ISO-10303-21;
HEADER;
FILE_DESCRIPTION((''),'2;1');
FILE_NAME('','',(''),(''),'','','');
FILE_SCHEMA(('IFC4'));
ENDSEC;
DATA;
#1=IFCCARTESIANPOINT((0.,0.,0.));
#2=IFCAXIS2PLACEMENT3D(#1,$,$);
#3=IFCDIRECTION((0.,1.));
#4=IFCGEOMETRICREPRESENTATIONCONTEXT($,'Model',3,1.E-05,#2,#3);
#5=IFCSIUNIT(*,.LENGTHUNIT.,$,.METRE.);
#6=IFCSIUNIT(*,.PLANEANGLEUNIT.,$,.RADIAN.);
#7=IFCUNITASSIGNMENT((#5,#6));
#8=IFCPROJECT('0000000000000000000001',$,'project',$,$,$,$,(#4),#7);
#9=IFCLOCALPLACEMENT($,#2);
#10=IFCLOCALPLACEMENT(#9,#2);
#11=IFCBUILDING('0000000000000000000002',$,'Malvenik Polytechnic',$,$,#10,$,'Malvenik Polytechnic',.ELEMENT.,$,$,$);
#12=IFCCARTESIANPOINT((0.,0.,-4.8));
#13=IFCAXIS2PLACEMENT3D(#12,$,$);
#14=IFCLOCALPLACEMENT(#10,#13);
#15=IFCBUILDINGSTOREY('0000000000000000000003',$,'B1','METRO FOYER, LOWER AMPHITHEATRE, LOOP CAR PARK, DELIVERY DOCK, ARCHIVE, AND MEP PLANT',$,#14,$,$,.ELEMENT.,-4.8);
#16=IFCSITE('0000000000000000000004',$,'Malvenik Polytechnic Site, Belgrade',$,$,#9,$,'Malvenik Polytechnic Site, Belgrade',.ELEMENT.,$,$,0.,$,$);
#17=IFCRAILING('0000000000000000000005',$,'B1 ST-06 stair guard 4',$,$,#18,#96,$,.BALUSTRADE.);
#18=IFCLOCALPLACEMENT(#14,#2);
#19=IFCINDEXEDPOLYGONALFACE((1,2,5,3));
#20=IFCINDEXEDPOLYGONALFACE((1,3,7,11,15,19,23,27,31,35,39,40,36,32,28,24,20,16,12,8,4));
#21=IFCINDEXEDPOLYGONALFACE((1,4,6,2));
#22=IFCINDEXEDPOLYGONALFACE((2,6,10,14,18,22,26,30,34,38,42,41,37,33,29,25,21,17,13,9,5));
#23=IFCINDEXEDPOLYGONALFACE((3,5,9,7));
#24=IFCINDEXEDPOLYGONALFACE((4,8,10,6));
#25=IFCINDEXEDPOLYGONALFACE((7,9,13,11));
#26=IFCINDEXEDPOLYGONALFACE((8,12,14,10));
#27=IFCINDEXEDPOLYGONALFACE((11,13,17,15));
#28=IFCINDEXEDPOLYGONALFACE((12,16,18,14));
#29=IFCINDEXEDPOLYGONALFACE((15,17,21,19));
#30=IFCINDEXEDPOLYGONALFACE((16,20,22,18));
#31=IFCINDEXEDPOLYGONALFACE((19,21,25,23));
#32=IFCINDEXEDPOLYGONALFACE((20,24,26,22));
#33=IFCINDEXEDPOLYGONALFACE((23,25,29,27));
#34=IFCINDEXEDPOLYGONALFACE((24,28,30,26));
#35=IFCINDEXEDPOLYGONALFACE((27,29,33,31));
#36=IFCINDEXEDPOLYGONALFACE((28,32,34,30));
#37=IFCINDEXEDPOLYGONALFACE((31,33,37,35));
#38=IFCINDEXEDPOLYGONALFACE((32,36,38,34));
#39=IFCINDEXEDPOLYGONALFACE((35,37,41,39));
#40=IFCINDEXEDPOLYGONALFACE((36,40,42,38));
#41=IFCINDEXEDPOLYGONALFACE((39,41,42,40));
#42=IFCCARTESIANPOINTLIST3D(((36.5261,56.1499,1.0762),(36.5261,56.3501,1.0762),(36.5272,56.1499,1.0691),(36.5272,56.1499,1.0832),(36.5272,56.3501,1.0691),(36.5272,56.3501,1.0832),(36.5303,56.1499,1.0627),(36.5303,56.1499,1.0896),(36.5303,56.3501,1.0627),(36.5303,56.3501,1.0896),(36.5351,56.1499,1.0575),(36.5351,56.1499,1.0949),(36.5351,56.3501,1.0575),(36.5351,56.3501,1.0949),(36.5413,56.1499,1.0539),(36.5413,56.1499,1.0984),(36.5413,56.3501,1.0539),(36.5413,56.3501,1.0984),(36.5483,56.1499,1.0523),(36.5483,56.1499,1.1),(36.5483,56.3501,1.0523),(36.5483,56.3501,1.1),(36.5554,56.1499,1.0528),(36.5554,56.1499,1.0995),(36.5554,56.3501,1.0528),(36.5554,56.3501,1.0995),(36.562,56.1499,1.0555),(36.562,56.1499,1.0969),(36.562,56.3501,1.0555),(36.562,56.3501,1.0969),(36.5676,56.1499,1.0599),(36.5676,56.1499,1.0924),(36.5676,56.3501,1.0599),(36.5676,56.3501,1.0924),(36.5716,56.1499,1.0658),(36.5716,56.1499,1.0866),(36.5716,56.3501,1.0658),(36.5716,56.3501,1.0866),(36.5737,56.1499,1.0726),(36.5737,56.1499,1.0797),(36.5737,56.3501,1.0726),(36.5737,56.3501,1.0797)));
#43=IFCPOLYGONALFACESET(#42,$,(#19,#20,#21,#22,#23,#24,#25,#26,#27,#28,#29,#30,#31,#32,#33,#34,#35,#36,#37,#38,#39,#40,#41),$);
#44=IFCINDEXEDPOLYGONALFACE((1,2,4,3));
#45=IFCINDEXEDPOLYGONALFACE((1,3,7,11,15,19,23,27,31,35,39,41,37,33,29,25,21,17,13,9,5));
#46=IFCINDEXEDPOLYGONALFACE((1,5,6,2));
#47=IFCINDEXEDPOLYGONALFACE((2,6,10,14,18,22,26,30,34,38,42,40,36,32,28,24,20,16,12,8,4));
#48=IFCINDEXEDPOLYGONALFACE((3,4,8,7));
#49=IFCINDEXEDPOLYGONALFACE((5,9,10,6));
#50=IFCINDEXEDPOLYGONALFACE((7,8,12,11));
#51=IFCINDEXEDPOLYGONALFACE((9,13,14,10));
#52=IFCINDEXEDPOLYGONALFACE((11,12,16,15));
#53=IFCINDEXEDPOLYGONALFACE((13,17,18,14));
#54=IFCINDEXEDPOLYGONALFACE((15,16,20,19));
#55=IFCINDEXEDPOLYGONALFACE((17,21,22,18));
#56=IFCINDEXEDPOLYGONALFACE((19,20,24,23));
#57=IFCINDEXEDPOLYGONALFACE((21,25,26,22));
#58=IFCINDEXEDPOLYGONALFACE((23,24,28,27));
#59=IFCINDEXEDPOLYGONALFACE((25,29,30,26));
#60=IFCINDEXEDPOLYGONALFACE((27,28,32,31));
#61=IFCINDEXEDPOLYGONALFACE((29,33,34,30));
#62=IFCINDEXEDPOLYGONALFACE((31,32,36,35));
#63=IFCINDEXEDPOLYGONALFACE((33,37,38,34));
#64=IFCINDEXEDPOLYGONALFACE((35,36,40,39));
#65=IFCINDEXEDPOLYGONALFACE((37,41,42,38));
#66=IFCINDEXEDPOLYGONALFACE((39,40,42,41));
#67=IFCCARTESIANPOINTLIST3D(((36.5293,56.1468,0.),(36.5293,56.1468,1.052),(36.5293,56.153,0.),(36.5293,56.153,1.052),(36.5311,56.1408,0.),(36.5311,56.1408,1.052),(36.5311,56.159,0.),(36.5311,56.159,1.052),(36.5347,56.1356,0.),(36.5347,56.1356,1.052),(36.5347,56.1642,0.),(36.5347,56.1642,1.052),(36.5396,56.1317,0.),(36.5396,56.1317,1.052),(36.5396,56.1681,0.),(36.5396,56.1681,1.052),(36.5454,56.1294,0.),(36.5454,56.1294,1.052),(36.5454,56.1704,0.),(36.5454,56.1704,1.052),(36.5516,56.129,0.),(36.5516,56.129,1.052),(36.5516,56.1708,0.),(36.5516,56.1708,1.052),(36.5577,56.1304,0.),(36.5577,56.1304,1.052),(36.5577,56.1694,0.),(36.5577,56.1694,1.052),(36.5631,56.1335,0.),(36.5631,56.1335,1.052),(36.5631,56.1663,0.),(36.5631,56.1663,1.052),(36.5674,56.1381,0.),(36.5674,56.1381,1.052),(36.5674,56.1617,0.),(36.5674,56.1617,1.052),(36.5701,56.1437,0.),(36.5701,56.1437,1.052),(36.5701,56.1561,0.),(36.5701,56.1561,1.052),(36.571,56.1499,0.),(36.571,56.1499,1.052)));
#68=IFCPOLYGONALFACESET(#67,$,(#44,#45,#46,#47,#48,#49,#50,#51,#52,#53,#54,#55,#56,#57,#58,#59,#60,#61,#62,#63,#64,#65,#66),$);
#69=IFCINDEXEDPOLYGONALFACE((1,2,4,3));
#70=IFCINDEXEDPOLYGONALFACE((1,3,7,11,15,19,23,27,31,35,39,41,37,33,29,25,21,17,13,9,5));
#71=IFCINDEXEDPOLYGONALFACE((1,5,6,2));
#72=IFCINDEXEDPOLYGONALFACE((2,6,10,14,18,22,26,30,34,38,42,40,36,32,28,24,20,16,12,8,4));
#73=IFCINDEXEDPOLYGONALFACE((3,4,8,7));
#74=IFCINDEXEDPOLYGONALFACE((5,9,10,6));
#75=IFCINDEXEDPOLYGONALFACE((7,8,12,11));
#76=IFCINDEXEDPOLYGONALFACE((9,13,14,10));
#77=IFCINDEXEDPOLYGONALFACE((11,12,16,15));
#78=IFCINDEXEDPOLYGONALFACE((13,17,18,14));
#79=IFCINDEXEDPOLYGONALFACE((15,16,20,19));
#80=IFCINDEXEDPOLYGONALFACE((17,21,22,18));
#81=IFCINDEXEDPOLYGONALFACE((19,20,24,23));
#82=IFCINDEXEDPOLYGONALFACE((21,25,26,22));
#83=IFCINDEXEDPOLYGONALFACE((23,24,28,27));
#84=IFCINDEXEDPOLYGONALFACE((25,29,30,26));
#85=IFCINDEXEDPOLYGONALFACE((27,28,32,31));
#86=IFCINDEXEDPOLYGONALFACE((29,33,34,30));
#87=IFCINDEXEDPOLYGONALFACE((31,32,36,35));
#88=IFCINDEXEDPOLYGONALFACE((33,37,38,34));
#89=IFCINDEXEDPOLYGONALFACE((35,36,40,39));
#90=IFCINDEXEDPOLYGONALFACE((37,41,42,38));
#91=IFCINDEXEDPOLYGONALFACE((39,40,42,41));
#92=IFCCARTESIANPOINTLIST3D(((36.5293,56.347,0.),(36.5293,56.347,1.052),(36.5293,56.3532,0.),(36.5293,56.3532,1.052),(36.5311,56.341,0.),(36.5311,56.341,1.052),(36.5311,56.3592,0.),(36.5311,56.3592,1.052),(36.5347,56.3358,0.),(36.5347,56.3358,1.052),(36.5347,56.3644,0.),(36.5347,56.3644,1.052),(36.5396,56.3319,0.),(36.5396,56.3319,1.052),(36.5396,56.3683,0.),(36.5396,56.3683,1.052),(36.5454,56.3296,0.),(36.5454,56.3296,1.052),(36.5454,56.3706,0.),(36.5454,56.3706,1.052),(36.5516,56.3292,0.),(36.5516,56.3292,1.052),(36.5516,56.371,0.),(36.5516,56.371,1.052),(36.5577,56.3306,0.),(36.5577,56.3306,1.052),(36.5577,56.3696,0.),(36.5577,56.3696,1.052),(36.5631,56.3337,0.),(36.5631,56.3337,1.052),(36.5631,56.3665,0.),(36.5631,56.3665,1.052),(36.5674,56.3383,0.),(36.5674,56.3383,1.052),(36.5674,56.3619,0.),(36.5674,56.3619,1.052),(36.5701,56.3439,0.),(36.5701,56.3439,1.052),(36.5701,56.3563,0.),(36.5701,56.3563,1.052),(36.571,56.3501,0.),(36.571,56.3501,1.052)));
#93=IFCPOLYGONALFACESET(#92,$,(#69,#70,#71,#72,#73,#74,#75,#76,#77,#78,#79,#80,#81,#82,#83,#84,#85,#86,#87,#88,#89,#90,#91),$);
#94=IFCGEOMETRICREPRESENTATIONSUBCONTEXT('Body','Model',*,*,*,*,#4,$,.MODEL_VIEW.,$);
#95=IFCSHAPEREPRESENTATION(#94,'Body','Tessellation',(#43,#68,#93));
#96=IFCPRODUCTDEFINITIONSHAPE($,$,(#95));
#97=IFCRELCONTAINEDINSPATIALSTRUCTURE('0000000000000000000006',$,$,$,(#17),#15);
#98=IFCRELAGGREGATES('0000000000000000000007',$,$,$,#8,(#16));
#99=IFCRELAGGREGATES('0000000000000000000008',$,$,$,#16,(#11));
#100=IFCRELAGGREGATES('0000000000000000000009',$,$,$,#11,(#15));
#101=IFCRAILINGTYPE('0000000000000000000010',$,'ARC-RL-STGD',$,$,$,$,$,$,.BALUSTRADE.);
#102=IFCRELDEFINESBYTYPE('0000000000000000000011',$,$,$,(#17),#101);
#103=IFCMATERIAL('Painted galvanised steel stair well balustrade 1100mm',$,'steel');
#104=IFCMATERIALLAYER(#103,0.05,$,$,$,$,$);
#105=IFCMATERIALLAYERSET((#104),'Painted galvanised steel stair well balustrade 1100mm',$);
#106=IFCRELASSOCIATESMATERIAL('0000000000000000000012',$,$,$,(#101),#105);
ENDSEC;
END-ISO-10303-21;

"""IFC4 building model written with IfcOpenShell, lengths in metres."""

from ifc_helpers import new_model, si_unit, direction, frame, origin, origin_2d, place, context, subcontext, project, spatial, circle, extrude, material, layer, layer_set, type_object, element, save


model = new_model("IFC4")

# Units and contexts
model_context = context("Model", 3, precision=1e-05, world=origin(), true_north=direction((0.0, 1.0)))
body_context = subcontext(model_context, "Body", "Model", "MODEL_VIEW")
ifc_project = project(units=[si_unit("LENGTHUNIT", "METRE"), si_unit("PLANEANGLEUNIT", "RADIAN")], contexts=[model_context])

# Site, building, storey
site_placement = place(None, origin())
site = spatial("IfcSite", under=ifc_project, at=site_placement, Name="Malvenik Polytechnic Site, Belgrade", LongName="Malvenik Polytechnic Site, Belgrade", CompositionType="ELEMENT", RefElevation=0.0)
building_placement = place(site_placement, origin())
building = spatial("IfcBuilding", under=site, at=building_placement, Name="Malvenik Polytechnic", LongName="Malvenik Polytechnic", CompositionType="ELEMENT")
storey_placement = place(building_placement, frame((0.0, 0.0, -4.8)))
storey = spatial("IfcBuildingStorey", under=building, at=storey_placement, Name="B1", Description="METRO FOYER, LOWER AMPHITHEATRE, LOOP CAR PARK, DELIVERY DOCK, ARCHIVE, AND MEP PLANT", CompositionType="ELEMENT", Elevation=-4.8)

# Railing
ifc_material_1 = material(Name="Painted galvanised steel stair well balustrade 1100mm", Category="steel")
ifc_layer_1 = layer(ifc_material_1, 0.05)
ifc_layer_set_1 = layer_set([ifc_layer_1], Name="Painted galvanised steel stair well balustrade 1100mm")
railing_type_1 = type_object("IfcRailingType", Name="ARC-RL-STGD", PredefinedType="BALUSTRADE", material=ifc_layer_set_1)
railing_1_placement = place(storey_placement, frame((36.55, 56.1499, 0.0)))
element("IfcRailing", 1, at=railing_1_placement, inside=storey, type_object=railing_type_1, Name="B1 ST-06 stair guard 4", PredefinedType="BALUSTRADE", context=body_context, shape_type="SweptSolid", body=[
    extrude(circle(Radius=0.0239, at=origin_2d()), frame((0.0, 0.0, 1.0762), z_axis=(0.0, 1.0, 0.0), x_axis=(-1.0, 0.0, 0.0)), (0.0, 0.0, 1.0), 0.2002),
    extrude(circle(Radius=0.021, at=origin_2d()), origin(), (0.0, 0.0, 1.0), 1.052),
    extrude(circle(Radius=0.021, at=origin_2d()), frame((0.0, 0.2002, 0.0)), (0.0, 0.0, 1.0), 1.052),
])

save(model, "model.ifc")
